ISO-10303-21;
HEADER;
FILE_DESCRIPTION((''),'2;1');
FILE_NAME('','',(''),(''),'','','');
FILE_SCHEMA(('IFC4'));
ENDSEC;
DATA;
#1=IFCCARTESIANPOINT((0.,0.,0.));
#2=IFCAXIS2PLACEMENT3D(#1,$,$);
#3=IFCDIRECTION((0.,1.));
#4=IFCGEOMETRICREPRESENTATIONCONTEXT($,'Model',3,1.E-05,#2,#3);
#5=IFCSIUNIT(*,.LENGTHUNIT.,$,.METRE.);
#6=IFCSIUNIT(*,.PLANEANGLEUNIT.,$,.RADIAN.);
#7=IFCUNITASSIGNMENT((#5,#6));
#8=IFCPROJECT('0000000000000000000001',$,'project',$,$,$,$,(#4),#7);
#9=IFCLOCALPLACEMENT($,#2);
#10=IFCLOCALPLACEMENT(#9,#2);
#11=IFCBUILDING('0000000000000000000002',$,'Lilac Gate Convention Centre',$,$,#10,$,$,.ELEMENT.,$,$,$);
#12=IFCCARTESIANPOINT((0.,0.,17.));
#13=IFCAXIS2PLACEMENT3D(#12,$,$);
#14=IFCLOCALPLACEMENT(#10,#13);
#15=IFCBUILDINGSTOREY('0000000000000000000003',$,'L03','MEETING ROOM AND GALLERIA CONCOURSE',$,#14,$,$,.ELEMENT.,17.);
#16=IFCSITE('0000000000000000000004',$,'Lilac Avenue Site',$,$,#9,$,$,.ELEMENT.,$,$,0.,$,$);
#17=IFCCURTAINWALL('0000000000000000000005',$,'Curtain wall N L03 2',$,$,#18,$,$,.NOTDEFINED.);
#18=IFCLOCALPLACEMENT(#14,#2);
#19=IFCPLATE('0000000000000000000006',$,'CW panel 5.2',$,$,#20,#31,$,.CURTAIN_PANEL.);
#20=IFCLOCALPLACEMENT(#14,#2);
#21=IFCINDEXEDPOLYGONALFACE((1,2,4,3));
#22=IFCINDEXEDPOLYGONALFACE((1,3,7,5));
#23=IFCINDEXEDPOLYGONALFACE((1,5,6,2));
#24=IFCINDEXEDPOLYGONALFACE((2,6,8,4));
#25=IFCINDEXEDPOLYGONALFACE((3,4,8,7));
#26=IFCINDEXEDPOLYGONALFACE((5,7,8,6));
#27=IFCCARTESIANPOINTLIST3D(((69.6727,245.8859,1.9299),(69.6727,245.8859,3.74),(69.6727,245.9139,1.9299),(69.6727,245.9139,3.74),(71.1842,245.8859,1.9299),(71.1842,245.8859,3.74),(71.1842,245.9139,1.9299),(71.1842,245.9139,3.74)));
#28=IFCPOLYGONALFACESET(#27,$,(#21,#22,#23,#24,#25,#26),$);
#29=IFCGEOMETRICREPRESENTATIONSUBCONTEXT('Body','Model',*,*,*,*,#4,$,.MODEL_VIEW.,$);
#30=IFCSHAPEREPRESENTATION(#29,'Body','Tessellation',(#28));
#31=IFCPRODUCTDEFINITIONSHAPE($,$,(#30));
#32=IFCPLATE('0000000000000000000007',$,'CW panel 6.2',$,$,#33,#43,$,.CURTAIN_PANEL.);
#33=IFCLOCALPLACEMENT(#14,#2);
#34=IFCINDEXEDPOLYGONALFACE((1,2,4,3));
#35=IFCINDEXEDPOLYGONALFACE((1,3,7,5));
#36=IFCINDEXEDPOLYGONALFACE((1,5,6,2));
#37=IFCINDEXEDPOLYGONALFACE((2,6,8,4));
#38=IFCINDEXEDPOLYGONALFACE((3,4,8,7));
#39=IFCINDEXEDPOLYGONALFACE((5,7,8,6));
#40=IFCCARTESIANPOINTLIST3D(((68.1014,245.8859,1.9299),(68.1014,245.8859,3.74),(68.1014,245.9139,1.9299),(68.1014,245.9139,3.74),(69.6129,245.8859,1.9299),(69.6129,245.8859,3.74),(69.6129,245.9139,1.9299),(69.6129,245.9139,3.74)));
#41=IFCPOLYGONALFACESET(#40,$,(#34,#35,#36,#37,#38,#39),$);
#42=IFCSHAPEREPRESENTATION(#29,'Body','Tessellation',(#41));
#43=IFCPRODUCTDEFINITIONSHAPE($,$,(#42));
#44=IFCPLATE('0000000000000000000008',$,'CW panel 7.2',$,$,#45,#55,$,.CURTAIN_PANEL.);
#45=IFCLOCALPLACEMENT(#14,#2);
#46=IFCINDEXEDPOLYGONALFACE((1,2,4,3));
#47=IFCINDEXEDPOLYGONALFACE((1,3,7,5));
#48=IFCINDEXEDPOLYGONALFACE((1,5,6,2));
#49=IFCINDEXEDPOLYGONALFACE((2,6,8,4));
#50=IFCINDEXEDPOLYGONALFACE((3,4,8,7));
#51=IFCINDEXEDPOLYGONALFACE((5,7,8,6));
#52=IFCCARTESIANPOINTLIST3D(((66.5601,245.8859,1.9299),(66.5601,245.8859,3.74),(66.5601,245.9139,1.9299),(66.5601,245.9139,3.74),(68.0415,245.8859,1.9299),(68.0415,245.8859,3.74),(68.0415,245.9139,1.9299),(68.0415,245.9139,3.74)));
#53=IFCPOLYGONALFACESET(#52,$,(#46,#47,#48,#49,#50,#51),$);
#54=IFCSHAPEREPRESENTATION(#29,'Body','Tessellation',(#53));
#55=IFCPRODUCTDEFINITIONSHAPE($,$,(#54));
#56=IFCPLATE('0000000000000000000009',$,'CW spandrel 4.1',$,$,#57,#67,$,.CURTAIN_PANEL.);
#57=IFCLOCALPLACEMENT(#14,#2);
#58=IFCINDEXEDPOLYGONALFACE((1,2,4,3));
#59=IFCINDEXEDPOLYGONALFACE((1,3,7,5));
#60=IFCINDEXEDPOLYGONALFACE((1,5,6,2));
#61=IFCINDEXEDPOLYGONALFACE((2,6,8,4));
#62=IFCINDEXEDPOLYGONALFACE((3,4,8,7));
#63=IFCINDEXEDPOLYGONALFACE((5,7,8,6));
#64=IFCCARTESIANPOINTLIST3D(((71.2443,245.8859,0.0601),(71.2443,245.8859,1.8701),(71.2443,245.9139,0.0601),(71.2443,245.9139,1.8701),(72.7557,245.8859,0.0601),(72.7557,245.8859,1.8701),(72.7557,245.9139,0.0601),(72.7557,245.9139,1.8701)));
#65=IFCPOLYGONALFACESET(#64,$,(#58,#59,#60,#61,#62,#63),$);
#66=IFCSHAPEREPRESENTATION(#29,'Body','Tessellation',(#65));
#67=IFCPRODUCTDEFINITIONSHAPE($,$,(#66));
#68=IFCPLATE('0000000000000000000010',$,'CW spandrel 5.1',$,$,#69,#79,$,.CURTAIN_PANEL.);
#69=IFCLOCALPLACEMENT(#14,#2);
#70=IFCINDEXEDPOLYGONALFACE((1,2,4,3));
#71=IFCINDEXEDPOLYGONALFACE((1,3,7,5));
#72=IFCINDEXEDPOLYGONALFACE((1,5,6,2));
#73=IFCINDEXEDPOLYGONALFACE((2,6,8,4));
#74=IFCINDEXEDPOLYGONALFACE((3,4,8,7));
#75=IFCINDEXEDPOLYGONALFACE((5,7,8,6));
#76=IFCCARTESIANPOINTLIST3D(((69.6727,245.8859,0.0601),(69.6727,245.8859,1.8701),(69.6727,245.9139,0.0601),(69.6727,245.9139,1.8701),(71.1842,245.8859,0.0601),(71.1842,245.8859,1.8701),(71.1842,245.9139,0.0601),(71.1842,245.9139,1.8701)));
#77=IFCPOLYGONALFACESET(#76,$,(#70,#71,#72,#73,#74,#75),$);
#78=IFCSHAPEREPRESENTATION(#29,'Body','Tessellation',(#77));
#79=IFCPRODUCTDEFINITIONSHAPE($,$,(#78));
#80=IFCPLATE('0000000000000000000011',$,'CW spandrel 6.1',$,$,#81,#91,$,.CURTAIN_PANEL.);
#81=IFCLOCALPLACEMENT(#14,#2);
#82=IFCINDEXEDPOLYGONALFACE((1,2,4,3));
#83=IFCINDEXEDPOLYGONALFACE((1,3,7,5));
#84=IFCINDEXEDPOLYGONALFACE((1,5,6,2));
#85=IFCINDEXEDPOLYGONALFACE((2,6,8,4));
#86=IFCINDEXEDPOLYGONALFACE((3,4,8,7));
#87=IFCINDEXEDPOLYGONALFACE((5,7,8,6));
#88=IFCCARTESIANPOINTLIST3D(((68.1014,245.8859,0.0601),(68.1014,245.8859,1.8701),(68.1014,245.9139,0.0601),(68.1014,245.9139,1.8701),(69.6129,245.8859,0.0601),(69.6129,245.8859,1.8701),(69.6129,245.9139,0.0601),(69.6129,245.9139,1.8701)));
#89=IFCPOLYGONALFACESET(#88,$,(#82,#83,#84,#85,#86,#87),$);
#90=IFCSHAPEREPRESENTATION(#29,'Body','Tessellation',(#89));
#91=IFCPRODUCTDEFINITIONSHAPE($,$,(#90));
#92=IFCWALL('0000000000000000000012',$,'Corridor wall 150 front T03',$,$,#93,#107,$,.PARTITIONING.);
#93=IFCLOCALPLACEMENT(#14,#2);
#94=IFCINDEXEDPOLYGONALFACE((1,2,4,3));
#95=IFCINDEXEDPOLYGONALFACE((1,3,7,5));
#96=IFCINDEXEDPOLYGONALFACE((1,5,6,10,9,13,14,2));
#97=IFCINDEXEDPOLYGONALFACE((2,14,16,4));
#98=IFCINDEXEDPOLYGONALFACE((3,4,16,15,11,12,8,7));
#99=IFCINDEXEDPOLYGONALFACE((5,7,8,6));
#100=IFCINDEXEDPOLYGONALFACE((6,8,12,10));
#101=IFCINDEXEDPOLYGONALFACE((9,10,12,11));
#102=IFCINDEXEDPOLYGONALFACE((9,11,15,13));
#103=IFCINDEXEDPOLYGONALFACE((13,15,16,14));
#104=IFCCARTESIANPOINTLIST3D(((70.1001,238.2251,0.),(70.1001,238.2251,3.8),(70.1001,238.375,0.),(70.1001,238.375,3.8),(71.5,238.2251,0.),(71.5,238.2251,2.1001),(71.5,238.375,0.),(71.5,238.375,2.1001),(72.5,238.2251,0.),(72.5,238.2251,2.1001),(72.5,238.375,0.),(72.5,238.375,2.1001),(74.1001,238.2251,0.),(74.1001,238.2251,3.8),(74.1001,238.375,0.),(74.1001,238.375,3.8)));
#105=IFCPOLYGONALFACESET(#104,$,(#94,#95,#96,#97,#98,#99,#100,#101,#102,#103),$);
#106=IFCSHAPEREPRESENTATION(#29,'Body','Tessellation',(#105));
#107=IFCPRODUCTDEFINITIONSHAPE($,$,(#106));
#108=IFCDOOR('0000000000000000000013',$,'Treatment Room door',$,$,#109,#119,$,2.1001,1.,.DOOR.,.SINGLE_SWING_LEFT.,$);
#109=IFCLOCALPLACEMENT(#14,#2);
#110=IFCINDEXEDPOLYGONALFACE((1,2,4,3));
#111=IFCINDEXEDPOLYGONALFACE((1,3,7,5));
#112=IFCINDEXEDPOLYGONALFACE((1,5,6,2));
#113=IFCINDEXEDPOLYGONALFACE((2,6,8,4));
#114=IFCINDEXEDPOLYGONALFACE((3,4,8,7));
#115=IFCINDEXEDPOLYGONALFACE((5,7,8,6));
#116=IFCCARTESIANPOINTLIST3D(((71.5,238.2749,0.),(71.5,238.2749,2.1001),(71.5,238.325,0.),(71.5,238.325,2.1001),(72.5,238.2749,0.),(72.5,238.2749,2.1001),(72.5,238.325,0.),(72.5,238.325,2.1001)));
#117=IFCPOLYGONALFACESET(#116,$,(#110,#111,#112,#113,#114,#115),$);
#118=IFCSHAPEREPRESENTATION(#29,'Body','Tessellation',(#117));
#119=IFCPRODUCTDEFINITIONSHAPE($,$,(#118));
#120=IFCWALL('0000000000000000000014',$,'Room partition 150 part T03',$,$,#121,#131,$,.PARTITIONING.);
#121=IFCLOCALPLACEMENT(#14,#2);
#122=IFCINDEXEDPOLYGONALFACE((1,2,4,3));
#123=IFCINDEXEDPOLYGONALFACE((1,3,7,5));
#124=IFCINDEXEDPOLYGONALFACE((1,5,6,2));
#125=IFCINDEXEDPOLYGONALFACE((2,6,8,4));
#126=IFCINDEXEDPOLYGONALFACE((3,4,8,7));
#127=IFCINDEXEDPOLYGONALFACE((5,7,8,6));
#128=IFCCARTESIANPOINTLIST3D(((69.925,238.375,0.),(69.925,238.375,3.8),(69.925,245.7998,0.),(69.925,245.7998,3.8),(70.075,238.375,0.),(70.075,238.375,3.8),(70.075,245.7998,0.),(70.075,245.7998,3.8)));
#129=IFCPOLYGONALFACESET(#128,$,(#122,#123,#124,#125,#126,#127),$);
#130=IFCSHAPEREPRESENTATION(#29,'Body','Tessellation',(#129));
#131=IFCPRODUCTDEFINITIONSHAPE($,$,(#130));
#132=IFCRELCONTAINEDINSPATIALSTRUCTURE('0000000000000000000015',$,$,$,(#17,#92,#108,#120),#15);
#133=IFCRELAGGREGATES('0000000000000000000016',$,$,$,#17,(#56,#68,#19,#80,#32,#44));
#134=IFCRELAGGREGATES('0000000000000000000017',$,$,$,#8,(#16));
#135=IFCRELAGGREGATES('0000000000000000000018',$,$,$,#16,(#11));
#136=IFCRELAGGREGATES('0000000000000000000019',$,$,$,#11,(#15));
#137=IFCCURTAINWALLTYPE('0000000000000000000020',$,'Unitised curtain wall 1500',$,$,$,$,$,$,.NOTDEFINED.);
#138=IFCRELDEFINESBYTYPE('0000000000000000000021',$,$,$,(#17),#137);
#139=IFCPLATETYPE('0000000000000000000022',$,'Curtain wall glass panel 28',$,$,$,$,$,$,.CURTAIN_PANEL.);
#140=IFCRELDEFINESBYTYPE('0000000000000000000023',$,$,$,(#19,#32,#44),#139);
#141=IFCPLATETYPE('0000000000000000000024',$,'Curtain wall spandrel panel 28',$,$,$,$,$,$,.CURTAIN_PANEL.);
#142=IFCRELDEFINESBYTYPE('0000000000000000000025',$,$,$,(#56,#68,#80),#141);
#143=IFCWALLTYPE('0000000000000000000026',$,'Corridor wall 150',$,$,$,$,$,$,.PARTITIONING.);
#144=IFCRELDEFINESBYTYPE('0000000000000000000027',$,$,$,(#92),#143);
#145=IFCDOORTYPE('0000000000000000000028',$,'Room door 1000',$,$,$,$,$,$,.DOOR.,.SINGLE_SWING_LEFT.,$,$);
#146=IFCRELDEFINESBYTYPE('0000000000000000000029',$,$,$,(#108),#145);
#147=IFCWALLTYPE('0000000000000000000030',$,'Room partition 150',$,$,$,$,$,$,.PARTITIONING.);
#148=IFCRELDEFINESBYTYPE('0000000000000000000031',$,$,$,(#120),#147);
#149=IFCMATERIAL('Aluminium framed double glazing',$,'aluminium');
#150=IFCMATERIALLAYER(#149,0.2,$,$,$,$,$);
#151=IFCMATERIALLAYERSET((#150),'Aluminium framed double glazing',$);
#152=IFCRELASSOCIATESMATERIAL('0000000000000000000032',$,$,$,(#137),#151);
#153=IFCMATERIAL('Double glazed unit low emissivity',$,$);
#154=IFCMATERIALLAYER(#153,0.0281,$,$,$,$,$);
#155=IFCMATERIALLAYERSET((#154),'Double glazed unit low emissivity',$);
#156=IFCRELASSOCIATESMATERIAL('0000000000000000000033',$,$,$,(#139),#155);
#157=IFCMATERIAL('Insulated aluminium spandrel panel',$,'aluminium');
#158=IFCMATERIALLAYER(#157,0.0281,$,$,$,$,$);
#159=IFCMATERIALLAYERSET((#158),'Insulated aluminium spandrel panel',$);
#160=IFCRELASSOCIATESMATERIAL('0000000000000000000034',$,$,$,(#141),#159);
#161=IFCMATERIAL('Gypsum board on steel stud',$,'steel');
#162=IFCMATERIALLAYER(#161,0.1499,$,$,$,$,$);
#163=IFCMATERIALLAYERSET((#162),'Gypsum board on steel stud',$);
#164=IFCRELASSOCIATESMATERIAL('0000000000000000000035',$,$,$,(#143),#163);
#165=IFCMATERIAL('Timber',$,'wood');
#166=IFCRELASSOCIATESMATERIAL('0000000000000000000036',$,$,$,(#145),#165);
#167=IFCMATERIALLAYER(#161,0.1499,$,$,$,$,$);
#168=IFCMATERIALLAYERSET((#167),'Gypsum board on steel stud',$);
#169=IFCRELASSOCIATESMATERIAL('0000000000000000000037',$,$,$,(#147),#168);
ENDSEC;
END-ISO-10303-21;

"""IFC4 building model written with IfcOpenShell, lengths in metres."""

from ifc_helpers import new_model, si_unit, direction, frame, frame_2d, origin, origin_2d, place, context, subcontext, project, spatial, rectangle, extrude, material, layer, layer_set, type_object, element, fill, aggregate, save


model = new_model("IFC4")

# Units and contexts
model_context = context("Model", 3, precision=1e-05, world=origin(), true_north=direction((0.0, 1.0)))
body_context = subcontext(model_context, "Body", "Model", "MODEL_VIEW")
ifc_project = project(units=[si_unit("LENGTHUNIT", "METRE"), si_unit("PLANEANGLEUNIT", "RADIAN")], contexts=[model_context])

# Site, building, storey
site_placement = place(None, origin())
site = spatial("IfcSite", under=ifc_project, at=site_placement, Name="Lilac Avenue Site", CompositionType="ELEMENT", RefElevation=0.0)
building_placement = place(site_placement, origin())
building = spatial("IfcBuilding", under=site, at=building_placement, Name="Lilac Gate Convention Centre", CompositionType="ELEMENT")
storey_placement = place(building_placement, frame((0.0, 0.0, 17.0)))
storey = spatial("IfcBuildingStorey", under=building, at=storey_placement, Name="L03", Description="MEETING ROOM AND GALLERIA CONCOURSE", CompositionType="ELEMENT", Elevation=17.0)

# Curtain wall, plates
ifc_material_1 = material(Name="Aluminium framed double glazing", Category="aluminium")
ifc_layer_1 = layer(ifc_material_1, 0.2)
ifc_layer_set_1 = layer_set([ifc_layer_1], Name="Aluminium framed double glazing")
curtain_wall_type = type_object("IfcCurtainWallType", Name="Unitised curtain wall 1500", PredefinedType="NOTDEFINED", material=ifc_layer_set_1)
curtain_wall_placement = place(storey_placement, origin())
curtain_wall = element("IfcCurtainWall", 1, at=curtain_wall_placement, inside=storey, type_object=curtain_wall_type, Name="Curtain wall N L03 2", PredefinedType="NOTDEFINED")
ifc_material_2 = material(Name="Double glazed unit low emissivity")
ifc_layer_2 = layer(ifc_material_2, 0.0281)
ifc_layer_set_2 = layer_set([ifc_layer_2], Name="Double glazed unit low emissivity")
plate_type_1 = type_object("IfcPlateType", Name="Curtain wall glass panel 28", PredefinedType="CURTAIN_PANEL", material=ifc_layer_set_2)
plate_1_placement = place(storey_placement, frame((70.4285, 245.8999, 1.9299), z_axis=(0.0, 0.0, 1.0), x_axis=(-1.0, 0.0, 0.0)))
plate_1 = element("IfcPlate", 2, at=plate_1_placement, type_object=plate_type_1, Name="CW panel 5.2", PredefinedType="CURTAIN_PANEL", context=body_context, shape_type="SweptSolid", body=[
    extrude(rectangle(XDim=1.5115, YDim=0.0281, at=origin_2d()), origin(), (0.0, 0.0, 1.0), 1.8101),
])
plate_2_placement = place(storey_placement, frame((68.8572, 245.8999, 1.9299), z_axis=(0.0, 0.0, 1.0), x_axis=(-1.0, 0.0, 0.0)))
plate_2 = element("IfcPlate", 3, at=plate_2_placement, type_object=plate_type_1, Name="CW panel 6.2", PredefinedType="CURTAIN_PANEL", context=body_context, shape_type="SweptSolid", body=[
    extrude(rectangle(XDim=1.5115, YDim=0.0281, at=origin_2d()), origin(), (0.0, 0.0, 1.0), 1.8101),
])
plate_3_placement = place(storey_placement, frame((67.3008, 245.8999, 1.9299), z_axis=(0.0, 0.0, 1.0), x_axis=(-1.0, 0.0, 0.0)))
plate_3 = element("IfcPlate", 4, at=plate_3_placement, type_object=plate_type_1, Name="CW panel 7.2", PredefinedType="CURTAIN_PANEL", context=body_context, shape_type="SweptSolid", body=[
    extrude(rectangle(XDim=1.4814, YDim=0.0281, at=origin_2d()), origin(), (0.0, 0.0, 1.0), 1.8101),
])
ifc_material_3 = material(Name="Insulated aluminium spandrel panel", Category="aluminium")
ifc_layer_3 = layer(ifc_material_3, 0.0281)
ifc_layer_set_3 = layer_set([ifc_layer_3], Name="Insulated aluminium spandrel panel")
plate_type_2 = type_object("IfcPlateType", Name="Curtain wall spandrel panel 28", PredefinedType="CURTAIN_PANEL", material=ifc_layer_set_3)
plate_4_placement = place(storey_placement, frame((72.0, 245.8999, 0.0601), z_axis=(0.0, 0.0, 1.0), x_axis=(-1.0, 0.0, 0.0)))
plate_4 = element("IfcPlate", 5, at=plate_4_placement, type_object=plate_type_2, Name="CW spandrel 4.1", PredefinedType="CURTAIN_PANEL", context=body_context, shape_type="SweptSolid", body=[
    extrude(rectangle(XDim=1.5115, YDim=0.0281, at=origin_2d()), origin(), (0.0, 0.0, 1.0), 1.8101),
])
plate_5_placement = place(storey_placement, frame((70.4285, 245.8999, 0.0601), z_axis=(0.0, 0.0, 1.0), x_axis=(-1.0, 0.0, 0.0)))
plate_5 = element("IfcPlate", 6, at=plate_5_placement, type_object=plate_type_2, Name="CW spandrel 5.1", PredefinedType="CURTAIN_PANEL", context=body_context, shape_type="SweptSolid", body=[
    extrude(rectangle(XDim=1.5115, YDim=0.0281, at=origin_2d()), origin(), (0.0, 0.0, 1.0), 1.8101),
])
plate_6_placement = place(storey_placement, frame((68.8572, 245.8999, 0.0601), z_axis=(0.0, 0.0, 1.0), x_axis=(-1.0, 0.0, 0.0)))
plate_6 = element("IfcPlate", 7, at=plate_6_placement, type_object=plate_type_2, Name="CW spandrel 6.1", PredefinedType="CURTAIN_PANEL", context=body_context, shape_type="SweptSolid", body=[
    extrude(rectangle(XDim=1.5115, YDim=0.0281, at=origin_2d()), origin(), (0.0, 0.0, 1.0), 1.8101),
])
aggregate(curtain_wall, [plate_4, plate_5, plate_1, plate_6, plate_2, plate_3])

# Wall, opening, door
ifc_material_4 = material(Name="Gypsum board on steel stud", Category="steel")
ifc_layer_4 = layer(ifc_material_4, 0.1499)
ifc_layer_set_4 = layer_set([ifc_layer_4], Name="Gypsum board on steel stud")
wall_type_1 = type_object("IfcWallType", Name="Corridor wall 150", PredefinedType="PARTITIONING", material=ifc_layer_set_4)
wall_1_placement = place(storey_placement, frame((70.1001, 238.3, 0.0), z_axis=(0.0, 0.0, 1.0), x_axis=(1.0, 0.0, 0.0)))
wall_1 = element("IfcWall", 8, at=wall_1_placement, inside=storey, type_object=wall_type_1, Name="Corridor wall 150 front T03", PredefinedType="PARTITIONING", context=body_context, shape_type="SweptSolid", body=[
    extrude(rectangle(XDim=4.0, YDim=0.1499, at=frame_2d((2.0, 0.0))), origin(), (0.0, 0.0, 1.0), 3.8),
])
opening_placement = place(wall_1_placement, frame((1.3999, 0.0, 0.0)))
opening = element("IfcOpeningElement", 9, at=opening_placement, cuts=wall_1, PredefinedType="OPENING", context=body_context, shape_type="SweptSolid", body=[
    extrude(rectangle(XDim=1.0, YDim=2.1001, at=frame_2d((0.5, 1.05))), frame((0.0, 0.085, 0.0), z_axis=(0.0, -1.0, 0.0), x_axis=(1.0, 0.0, 0.0)), (0.0, 0.0, 1.0), 0.1699),
])
ifc_material_5 = material(Name="Timber", Category="wood")
door_type = type_object("IfcDoorType", Name="Room door 1000", OperationType="SINGLE_SWING_LEFT", PredefinedType="DOOR", material=ifc_material_5)
door_placement = place(opening_placement, origin())
door = element("IfcDoor", 10, at=door_placement, inside=storey, type_object=door_type, Name="Treatment Room door", OperationType="SINGLE_SWING_LEFT", OverallHeight=2.1001, OverallWidth=1.0, PredefinedType="DOOR", context=body_context, shape_type="SweptSolid", body=[
    extrude(rectangle(XDim=1.0, YDim=2.1001, at=frame_2d((0.5, 1.05))), frame((0.0, 0.0249, 0.0), z_axis=(0.0, -1.0, 0.0), x_axis=(1.0, 0.0, 0.0)), (0.0, 0.0, 1.0), 0.05),
])
fill(opening, door)

# Wall
ifc_layer_5 = layer(ifc_material_4, 0.1499)
ifc_layer_set_5 = layer_set([ifc_layer_5], Name="Gypsum board on steel stud")
wall_type_2 = type_object("IfcWallType", Name="Room partition 150", PredefinedType="PARTITIONING", material=ifc_layer_set_5)
wall_2_placement = place(storey_placement, frame((70.0, 245.7998, 0.0), z_axis=(0.0, 0.0, 1.0), x_axis=(0.0, -1.0, 0.0)))
element("IfcWall", 11, at=wall_2_placement, inside=storey, type_object=wall_type_2, Name="Room partition 150 part T03", PredefinedType="PARTITIONING", context=body_context, shape_type="SweptSolid", body=[
    extrude(rectangle(XDim=7.4248, YDim=0.1499, at=frame_2d((3.7124, 0.0))), origin(), (0.0, 0.0, 1.0), 3.8),
])

save(model, "model.ifc")
